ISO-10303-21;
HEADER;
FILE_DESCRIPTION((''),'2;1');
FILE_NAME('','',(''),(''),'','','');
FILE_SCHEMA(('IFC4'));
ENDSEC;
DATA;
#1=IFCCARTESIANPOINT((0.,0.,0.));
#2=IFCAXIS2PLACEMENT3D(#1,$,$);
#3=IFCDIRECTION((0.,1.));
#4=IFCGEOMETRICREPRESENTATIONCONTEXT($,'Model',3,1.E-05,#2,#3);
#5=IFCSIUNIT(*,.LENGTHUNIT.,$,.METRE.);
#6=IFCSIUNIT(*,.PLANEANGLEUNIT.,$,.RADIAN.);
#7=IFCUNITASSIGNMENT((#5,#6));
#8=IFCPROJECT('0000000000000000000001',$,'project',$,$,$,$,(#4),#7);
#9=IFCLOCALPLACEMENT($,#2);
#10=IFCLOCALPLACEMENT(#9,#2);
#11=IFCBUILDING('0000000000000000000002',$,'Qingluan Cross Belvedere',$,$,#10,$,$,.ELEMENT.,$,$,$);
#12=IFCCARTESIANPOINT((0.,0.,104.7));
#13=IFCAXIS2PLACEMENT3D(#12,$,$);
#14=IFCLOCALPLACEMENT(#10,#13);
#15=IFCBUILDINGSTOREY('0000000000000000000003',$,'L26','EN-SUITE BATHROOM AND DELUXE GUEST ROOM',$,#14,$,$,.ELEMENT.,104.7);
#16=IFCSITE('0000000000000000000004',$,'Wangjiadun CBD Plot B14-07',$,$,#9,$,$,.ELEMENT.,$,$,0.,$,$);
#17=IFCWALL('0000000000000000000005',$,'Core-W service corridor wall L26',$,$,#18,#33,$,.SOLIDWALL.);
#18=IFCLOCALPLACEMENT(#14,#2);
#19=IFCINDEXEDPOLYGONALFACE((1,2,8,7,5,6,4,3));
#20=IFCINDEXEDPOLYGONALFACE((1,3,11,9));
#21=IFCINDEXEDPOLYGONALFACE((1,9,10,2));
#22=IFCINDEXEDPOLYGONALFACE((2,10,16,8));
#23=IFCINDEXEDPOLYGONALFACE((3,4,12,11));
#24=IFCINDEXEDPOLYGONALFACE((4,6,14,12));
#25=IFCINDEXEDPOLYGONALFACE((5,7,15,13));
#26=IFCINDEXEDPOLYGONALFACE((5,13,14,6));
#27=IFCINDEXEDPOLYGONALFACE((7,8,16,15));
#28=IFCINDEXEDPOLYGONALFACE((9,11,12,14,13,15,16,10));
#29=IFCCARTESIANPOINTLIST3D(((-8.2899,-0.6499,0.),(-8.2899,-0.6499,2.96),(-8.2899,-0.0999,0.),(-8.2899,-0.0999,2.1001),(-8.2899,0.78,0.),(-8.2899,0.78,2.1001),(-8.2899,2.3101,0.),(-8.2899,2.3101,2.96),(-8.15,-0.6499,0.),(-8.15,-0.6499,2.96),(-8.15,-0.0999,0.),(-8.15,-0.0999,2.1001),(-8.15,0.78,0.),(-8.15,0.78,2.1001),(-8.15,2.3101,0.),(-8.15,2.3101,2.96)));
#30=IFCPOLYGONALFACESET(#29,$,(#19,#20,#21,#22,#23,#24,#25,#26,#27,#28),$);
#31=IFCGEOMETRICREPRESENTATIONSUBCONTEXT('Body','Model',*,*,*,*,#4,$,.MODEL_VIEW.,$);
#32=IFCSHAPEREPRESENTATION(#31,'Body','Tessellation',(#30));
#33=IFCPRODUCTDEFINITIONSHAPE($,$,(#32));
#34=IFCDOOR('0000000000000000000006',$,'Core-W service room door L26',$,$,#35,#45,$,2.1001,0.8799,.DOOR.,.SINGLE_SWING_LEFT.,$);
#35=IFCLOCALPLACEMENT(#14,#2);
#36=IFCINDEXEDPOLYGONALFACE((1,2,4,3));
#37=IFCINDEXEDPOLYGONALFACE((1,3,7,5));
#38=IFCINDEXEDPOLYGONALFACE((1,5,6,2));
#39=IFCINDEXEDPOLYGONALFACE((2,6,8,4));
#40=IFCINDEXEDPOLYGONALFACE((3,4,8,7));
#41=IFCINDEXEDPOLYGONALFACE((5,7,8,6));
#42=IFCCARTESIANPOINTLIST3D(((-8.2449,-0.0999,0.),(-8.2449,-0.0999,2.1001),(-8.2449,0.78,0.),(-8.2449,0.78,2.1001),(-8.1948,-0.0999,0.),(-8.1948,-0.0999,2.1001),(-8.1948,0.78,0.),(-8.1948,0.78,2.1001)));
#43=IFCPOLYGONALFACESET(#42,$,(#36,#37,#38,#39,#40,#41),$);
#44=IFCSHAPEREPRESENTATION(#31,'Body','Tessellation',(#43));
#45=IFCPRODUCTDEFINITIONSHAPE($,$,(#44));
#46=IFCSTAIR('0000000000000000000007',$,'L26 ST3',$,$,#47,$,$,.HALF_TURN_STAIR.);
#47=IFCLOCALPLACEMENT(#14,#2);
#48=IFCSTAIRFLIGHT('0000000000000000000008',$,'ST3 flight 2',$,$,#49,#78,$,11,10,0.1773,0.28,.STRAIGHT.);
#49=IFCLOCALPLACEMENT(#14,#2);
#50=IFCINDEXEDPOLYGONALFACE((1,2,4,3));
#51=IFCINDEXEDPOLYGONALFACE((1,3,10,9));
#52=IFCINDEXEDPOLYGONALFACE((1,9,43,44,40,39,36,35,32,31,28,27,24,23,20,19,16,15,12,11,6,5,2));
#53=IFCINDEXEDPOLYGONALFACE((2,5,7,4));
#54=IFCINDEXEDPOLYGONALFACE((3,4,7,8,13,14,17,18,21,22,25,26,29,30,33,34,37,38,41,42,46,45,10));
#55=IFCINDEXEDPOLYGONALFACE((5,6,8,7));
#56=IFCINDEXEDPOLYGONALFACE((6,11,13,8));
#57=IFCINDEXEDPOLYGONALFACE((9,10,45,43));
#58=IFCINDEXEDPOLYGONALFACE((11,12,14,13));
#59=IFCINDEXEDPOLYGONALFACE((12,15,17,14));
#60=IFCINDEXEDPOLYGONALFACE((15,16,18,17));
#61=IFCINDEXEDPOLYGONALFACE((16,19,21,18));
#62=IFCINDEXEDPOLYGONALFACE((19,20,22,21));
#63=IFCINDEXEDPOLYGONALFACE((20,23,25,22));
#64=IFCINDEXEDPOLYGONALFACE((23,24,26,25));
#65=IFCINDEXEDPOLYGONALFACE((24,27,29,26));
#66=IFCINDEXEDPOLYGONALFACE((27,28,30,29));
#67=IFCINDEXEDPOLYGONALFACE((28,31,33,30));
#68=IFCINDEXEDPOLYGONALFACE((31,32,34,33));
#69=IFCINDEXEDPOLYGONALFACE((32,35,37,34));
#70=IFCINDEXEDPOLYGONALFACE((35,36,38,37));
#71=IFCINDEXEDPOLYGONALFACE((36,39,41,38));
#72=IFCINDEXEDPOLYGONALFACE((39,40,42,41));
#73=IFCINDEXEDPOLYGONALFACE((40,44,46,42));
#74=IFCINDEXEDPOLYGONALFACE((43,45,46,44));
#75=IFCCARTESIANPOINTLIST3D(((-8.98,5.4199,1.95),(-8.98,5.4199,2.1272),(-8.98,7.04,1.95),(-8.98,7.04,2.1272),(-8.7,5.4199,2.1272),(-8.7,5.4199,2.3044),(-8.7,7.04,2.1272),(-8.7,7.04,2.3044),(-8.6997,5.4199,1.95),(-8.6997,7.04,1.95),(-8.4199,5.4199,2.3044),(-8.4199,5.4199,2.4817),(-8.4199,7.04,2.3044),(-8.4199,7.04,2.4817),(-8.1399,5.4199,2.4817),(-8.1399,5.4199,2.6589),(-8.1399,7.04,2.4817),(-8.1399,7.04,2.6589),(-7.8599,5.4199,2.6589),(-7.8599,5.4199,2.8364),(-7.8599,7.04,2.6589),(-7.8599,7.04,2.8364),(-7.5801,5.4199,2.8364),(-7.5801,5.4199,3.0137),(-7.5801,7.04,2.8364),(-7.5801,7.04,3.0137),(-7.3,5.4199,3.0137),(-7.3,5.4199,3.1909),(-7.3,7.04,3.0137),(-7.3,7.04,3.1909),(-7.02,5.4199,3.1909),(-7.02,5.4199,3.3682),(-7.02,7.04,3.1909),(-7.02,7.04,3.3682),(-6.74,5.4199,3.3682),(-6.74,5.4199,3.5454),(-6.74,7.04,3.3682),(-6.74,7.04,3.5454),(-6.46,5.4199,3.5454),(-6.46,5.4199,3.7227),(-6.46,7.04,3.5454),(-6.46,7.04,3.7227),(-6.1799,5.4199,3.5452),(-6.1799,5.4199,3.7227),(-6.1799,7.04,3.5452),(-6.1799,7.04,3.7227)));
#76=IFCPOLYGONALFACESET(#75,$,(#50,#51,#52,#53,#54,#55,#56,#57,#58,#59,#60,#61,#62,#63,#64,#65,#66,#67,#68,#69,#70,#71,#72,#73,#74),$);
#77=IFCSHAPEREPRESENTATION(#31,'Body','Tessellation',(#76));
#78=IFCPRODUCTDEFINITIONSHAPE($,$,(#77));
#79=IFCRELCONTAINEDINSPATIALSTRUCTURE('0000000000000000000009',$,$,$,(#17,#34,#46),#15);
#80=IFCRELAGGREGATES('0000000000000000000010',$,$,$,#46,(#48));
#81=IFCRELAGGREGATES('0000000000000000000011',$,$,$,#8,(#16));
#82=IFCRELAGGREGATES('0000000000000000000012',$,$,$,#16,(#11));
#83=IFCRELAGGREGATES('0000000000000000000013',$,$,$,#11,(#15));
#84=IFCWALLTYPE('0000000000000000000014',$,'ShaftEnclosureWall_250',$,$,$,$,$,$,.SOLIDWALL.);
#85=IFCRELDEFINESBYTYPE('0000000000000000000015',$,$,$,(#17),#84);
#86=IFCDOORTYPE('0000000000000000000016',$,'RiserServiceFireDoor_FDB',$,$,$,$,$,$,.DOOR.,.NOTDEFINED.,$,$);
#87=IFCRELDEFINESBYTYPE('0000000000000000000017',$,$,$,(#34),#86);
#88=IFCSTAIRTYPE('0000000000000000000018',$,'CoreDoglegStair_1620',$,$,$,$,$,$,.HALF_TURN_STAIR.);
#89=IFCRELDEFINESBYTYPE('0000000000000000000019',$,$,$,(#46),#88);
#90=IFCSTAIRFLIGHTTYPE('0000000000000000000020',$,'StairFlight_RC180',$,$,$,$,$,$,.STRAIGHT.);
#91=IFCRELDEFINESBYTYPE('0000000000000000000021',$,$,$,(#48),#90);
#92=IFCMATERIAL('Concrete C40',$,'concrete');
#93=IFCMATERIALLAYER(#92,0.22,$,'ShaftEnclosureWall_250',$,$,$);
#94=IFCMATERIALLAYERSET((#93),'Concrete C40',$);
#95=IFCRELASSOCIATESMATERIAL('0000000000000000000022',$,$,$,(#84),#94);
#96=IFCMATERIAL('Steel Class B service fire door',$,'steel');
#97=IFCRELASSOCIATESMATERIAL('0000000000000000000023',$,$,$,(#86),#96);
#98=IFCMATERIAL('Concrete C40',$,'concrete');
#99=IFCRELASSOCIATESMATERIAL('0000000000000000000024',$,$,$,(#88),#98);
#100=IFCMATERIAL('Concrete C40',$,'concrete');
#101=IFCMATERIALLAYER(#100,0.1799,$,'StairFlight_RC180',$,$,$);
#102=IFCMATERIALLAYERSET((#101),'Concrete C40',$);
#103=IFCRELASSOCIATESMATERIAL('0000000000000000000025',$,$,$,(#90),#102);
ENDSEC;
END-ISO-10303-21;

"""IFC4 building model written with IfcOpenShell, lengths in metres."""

from ifc_helpers import new_model, si_unit, direction, frame, frame_2d, origin, place, context, subcontext, project, spatial, polyline, rectangle, outline, extrude, material, layer, layer_set, type_object, element, fill, aggregate, save


model = new_model("IFC4")

# Units and contexts
model_context = context("Model", 3, precision=1e-05, world=origin(), true_north=direction((0.0, 1.0)))
body_context = subcontext(model_context, "Body", "Model", "MODEL_VIEW")
ifc_project = project(units=[si_unit("LENGTHUNIT", "METRE"), si_unit("PLANEANGLEUNIT", "RADIAN")], contexts=[model_context])

# Site, building, storey
site_placement = place(None, origin())
site = spatial("IfcSite", under=ifc_project, at=site_placement, Name="Wangjiadun CBD Plot B14-07", CompositionType="ELEMENT", RefElevation=0.0)
building_placement = place(site_placement, origin())
building = spatial("IfcBuilding", under=site, at=building_placement, Name="Qingluan Cross Belvedere", CompositionType="ELEMENT")
storey_placement = place(building_placement, frame((0.0, 0.0, 104.7)))
storey = spatial("IfcBuildingStorey", under=building, at=storey_placement, Name="L26", Description="EN-SUITE BATHROOM AND DELUXE GUEST ROOM", CompositionType="ELEMENT", Elevation=104.7)

# Shared definitions
ifc_material_1 = material(Name="Concrete C40", Category="concrete")
ifc_layer_1 = layer(ifc_material_1, 0.22, Name="ShaftEnclosureWall_250")
ifc_layer_set_1 = layer_set([ifc_layer_1], Name="Concrete C40")
wall_type_1 = type_object("IfcWallType", Name="ShaftEnclosureWall_250", PredefinedType="SOLIDWALL", material=ifc_layer_set_1)

# Wall, opening, door
wall_1_placement = place(storey_placement, frame((-8.22, -0.6499, 0.0), z_axis=(0.0, 0.0, 1.0), x_axis=(0.0, 1.0, 0.0)))
wall_1 = element("IfcWall", 1, at=wall_1_placement, inside=storey, type_object=wall_type_1, Name="Core-W service corridor wall L26", PredefinedType="SOLIDWALL", context=body_context, shape_type="SweptSolid", body=[
    extrude(rectangle(XDim=2.96, YDim=0.1399, at=frame_2d((1.48, 0.0))), origin(), (0.0, 0.0, 1.0), 2.96),
])
opening_1_placement = place(wall_1_placement, frame((0.55, 0.0, 0.0)))
opening_1 = element("IfcOpeningElement", 2, at=opening_1_placement, cuts=wall_1, PredefinedType="OPENING", context=body_context, shape_type="SweptSolid", body=[
    extrude(rectangle(XDim=0.8799, YDim=2.1001, at=frame_2d((0.4399, 1.05))), frame((0.0, 0.0798, 0.0), z_axis=(0.0, -1.0, 0.0), x_axis=(1.0, 0.0, 0.0)), (0.0, 0.0, 1.0), 0.1599),
])
ifc_material_2 = material(Name="Steel Class B service fire door", Category="steel")
door_type_1 = type_object("IfcDoorType", Name="RiserServiceFireDoor_FDB", OperationType="NOTDEFINED", PredefinedType="DOOR", material=ifc_material_2)
door_1_placement = place(opening_1_placement, origin())
door_1 = element("IfcDoor", 3, at=door_1_placement, inside=storey, type_object=door_type_1, Name="Core-W service room door L26", OperationType="SINGLE_SWING_LEFT", OverallHeight=2.1001, OverallWidth=0.8799, PredefinedType="DOOR", context=body_context, shape_type="SweptSolid", body=[
    extrude(rectangle(XDim=0.8799, YDim=2.1001, at=frame_2d((0.4399, 1.05))), frame((0.0, 0.0249, 0.0), z_axis=(0.0, -1.0, 0.0), x_axis=(1.0, 0.0, 0.0)), (0.0, 0.0, 1.0), 0.05),
])
fill(opening_1, door_1)

# Stair, stair flight
ifc_material_3 = material(Name="Concrete C40", Category="concrete")
stair_type = type_object("IfcStairType", Name="CoreDoglegStair_1620", PredefinedType="HALF_TURN_STAIR", material=ifc_material_3)
stair_placement = place(storey_placement, origin())
stair = element("IfcStair", 4, at=stair_placement, inside=storey, type_object=stair_type, Name="L26 ST3", PredefinedType="HALF_TURN_STAIR")
ifc_material_4 = material(Name="Concrete C40", Category="concrete")
ifc_layer_2 = layer(ifc_material_4, 0.1799, Name="StairFlight_RC180")
ifc_layer_set_2 = layer_set([ifc_layer_2], Name="Concrete C40")
stair_flight_type = type_object("IfcStairFlightType", Name="StairFlight_RC180", PredefinedType="STRAIGHT", material=ifc_layer_set_2)
stair_flight_placement = place(storey_placement, frame((-8.98, 6.23, 1.95), z_axis=(0.0, 0.0, 1.0), x_axis=(1.0, 0.0, 0.0)))
stair_flight = element("IfcStairFlight", 5, at=stair_flight_placement, type_object=stair_flight_type, Name="ST3 flight 2", NumberOfRisers=11, NumberOfTreads=10, PredefinedType="STRAIGHT", RiserHeight=0.1773, TreadLength=0.28, context=body_context, shape_type="SweptSolid", body=[
    extrude(outline(polyline([(0.0, 0.0), (0.0, 0.1772), (0.28, 0.1772), (0.28, 0.3545), (0.5601, 0.3545), (0.5601, 0.5317), (0.8401, 0.5317), (0.8401, 0.709), (1.1201, 0.709), (1.1201, 0.8865), (1.3999, 0.8865), (1.3999, 1.0637), (1.6799, 1.0637), (1.6799, 1.241), (1.96, 1.241), (1.96, 1.4182), (2.24, 1.4182), (2.24, 1.5955), (2.52, 1.5955), (2.52, 1.7727), (2.8, 1.7727), (2.8, 1.95), (2.8, 1.5952), (0.2803, 0.0), (0.0, 0.0)])), frame((0.0, 0.8101, 0.0), z_axis=(0.0, -1.0, 0.0), x_axis=(1.0, 0.0, 0.0)), (0.0, 0.0, 1.0), 1.6201),
])
aggregate(stair, [stair_flight])

save(model, "model.ifc")
